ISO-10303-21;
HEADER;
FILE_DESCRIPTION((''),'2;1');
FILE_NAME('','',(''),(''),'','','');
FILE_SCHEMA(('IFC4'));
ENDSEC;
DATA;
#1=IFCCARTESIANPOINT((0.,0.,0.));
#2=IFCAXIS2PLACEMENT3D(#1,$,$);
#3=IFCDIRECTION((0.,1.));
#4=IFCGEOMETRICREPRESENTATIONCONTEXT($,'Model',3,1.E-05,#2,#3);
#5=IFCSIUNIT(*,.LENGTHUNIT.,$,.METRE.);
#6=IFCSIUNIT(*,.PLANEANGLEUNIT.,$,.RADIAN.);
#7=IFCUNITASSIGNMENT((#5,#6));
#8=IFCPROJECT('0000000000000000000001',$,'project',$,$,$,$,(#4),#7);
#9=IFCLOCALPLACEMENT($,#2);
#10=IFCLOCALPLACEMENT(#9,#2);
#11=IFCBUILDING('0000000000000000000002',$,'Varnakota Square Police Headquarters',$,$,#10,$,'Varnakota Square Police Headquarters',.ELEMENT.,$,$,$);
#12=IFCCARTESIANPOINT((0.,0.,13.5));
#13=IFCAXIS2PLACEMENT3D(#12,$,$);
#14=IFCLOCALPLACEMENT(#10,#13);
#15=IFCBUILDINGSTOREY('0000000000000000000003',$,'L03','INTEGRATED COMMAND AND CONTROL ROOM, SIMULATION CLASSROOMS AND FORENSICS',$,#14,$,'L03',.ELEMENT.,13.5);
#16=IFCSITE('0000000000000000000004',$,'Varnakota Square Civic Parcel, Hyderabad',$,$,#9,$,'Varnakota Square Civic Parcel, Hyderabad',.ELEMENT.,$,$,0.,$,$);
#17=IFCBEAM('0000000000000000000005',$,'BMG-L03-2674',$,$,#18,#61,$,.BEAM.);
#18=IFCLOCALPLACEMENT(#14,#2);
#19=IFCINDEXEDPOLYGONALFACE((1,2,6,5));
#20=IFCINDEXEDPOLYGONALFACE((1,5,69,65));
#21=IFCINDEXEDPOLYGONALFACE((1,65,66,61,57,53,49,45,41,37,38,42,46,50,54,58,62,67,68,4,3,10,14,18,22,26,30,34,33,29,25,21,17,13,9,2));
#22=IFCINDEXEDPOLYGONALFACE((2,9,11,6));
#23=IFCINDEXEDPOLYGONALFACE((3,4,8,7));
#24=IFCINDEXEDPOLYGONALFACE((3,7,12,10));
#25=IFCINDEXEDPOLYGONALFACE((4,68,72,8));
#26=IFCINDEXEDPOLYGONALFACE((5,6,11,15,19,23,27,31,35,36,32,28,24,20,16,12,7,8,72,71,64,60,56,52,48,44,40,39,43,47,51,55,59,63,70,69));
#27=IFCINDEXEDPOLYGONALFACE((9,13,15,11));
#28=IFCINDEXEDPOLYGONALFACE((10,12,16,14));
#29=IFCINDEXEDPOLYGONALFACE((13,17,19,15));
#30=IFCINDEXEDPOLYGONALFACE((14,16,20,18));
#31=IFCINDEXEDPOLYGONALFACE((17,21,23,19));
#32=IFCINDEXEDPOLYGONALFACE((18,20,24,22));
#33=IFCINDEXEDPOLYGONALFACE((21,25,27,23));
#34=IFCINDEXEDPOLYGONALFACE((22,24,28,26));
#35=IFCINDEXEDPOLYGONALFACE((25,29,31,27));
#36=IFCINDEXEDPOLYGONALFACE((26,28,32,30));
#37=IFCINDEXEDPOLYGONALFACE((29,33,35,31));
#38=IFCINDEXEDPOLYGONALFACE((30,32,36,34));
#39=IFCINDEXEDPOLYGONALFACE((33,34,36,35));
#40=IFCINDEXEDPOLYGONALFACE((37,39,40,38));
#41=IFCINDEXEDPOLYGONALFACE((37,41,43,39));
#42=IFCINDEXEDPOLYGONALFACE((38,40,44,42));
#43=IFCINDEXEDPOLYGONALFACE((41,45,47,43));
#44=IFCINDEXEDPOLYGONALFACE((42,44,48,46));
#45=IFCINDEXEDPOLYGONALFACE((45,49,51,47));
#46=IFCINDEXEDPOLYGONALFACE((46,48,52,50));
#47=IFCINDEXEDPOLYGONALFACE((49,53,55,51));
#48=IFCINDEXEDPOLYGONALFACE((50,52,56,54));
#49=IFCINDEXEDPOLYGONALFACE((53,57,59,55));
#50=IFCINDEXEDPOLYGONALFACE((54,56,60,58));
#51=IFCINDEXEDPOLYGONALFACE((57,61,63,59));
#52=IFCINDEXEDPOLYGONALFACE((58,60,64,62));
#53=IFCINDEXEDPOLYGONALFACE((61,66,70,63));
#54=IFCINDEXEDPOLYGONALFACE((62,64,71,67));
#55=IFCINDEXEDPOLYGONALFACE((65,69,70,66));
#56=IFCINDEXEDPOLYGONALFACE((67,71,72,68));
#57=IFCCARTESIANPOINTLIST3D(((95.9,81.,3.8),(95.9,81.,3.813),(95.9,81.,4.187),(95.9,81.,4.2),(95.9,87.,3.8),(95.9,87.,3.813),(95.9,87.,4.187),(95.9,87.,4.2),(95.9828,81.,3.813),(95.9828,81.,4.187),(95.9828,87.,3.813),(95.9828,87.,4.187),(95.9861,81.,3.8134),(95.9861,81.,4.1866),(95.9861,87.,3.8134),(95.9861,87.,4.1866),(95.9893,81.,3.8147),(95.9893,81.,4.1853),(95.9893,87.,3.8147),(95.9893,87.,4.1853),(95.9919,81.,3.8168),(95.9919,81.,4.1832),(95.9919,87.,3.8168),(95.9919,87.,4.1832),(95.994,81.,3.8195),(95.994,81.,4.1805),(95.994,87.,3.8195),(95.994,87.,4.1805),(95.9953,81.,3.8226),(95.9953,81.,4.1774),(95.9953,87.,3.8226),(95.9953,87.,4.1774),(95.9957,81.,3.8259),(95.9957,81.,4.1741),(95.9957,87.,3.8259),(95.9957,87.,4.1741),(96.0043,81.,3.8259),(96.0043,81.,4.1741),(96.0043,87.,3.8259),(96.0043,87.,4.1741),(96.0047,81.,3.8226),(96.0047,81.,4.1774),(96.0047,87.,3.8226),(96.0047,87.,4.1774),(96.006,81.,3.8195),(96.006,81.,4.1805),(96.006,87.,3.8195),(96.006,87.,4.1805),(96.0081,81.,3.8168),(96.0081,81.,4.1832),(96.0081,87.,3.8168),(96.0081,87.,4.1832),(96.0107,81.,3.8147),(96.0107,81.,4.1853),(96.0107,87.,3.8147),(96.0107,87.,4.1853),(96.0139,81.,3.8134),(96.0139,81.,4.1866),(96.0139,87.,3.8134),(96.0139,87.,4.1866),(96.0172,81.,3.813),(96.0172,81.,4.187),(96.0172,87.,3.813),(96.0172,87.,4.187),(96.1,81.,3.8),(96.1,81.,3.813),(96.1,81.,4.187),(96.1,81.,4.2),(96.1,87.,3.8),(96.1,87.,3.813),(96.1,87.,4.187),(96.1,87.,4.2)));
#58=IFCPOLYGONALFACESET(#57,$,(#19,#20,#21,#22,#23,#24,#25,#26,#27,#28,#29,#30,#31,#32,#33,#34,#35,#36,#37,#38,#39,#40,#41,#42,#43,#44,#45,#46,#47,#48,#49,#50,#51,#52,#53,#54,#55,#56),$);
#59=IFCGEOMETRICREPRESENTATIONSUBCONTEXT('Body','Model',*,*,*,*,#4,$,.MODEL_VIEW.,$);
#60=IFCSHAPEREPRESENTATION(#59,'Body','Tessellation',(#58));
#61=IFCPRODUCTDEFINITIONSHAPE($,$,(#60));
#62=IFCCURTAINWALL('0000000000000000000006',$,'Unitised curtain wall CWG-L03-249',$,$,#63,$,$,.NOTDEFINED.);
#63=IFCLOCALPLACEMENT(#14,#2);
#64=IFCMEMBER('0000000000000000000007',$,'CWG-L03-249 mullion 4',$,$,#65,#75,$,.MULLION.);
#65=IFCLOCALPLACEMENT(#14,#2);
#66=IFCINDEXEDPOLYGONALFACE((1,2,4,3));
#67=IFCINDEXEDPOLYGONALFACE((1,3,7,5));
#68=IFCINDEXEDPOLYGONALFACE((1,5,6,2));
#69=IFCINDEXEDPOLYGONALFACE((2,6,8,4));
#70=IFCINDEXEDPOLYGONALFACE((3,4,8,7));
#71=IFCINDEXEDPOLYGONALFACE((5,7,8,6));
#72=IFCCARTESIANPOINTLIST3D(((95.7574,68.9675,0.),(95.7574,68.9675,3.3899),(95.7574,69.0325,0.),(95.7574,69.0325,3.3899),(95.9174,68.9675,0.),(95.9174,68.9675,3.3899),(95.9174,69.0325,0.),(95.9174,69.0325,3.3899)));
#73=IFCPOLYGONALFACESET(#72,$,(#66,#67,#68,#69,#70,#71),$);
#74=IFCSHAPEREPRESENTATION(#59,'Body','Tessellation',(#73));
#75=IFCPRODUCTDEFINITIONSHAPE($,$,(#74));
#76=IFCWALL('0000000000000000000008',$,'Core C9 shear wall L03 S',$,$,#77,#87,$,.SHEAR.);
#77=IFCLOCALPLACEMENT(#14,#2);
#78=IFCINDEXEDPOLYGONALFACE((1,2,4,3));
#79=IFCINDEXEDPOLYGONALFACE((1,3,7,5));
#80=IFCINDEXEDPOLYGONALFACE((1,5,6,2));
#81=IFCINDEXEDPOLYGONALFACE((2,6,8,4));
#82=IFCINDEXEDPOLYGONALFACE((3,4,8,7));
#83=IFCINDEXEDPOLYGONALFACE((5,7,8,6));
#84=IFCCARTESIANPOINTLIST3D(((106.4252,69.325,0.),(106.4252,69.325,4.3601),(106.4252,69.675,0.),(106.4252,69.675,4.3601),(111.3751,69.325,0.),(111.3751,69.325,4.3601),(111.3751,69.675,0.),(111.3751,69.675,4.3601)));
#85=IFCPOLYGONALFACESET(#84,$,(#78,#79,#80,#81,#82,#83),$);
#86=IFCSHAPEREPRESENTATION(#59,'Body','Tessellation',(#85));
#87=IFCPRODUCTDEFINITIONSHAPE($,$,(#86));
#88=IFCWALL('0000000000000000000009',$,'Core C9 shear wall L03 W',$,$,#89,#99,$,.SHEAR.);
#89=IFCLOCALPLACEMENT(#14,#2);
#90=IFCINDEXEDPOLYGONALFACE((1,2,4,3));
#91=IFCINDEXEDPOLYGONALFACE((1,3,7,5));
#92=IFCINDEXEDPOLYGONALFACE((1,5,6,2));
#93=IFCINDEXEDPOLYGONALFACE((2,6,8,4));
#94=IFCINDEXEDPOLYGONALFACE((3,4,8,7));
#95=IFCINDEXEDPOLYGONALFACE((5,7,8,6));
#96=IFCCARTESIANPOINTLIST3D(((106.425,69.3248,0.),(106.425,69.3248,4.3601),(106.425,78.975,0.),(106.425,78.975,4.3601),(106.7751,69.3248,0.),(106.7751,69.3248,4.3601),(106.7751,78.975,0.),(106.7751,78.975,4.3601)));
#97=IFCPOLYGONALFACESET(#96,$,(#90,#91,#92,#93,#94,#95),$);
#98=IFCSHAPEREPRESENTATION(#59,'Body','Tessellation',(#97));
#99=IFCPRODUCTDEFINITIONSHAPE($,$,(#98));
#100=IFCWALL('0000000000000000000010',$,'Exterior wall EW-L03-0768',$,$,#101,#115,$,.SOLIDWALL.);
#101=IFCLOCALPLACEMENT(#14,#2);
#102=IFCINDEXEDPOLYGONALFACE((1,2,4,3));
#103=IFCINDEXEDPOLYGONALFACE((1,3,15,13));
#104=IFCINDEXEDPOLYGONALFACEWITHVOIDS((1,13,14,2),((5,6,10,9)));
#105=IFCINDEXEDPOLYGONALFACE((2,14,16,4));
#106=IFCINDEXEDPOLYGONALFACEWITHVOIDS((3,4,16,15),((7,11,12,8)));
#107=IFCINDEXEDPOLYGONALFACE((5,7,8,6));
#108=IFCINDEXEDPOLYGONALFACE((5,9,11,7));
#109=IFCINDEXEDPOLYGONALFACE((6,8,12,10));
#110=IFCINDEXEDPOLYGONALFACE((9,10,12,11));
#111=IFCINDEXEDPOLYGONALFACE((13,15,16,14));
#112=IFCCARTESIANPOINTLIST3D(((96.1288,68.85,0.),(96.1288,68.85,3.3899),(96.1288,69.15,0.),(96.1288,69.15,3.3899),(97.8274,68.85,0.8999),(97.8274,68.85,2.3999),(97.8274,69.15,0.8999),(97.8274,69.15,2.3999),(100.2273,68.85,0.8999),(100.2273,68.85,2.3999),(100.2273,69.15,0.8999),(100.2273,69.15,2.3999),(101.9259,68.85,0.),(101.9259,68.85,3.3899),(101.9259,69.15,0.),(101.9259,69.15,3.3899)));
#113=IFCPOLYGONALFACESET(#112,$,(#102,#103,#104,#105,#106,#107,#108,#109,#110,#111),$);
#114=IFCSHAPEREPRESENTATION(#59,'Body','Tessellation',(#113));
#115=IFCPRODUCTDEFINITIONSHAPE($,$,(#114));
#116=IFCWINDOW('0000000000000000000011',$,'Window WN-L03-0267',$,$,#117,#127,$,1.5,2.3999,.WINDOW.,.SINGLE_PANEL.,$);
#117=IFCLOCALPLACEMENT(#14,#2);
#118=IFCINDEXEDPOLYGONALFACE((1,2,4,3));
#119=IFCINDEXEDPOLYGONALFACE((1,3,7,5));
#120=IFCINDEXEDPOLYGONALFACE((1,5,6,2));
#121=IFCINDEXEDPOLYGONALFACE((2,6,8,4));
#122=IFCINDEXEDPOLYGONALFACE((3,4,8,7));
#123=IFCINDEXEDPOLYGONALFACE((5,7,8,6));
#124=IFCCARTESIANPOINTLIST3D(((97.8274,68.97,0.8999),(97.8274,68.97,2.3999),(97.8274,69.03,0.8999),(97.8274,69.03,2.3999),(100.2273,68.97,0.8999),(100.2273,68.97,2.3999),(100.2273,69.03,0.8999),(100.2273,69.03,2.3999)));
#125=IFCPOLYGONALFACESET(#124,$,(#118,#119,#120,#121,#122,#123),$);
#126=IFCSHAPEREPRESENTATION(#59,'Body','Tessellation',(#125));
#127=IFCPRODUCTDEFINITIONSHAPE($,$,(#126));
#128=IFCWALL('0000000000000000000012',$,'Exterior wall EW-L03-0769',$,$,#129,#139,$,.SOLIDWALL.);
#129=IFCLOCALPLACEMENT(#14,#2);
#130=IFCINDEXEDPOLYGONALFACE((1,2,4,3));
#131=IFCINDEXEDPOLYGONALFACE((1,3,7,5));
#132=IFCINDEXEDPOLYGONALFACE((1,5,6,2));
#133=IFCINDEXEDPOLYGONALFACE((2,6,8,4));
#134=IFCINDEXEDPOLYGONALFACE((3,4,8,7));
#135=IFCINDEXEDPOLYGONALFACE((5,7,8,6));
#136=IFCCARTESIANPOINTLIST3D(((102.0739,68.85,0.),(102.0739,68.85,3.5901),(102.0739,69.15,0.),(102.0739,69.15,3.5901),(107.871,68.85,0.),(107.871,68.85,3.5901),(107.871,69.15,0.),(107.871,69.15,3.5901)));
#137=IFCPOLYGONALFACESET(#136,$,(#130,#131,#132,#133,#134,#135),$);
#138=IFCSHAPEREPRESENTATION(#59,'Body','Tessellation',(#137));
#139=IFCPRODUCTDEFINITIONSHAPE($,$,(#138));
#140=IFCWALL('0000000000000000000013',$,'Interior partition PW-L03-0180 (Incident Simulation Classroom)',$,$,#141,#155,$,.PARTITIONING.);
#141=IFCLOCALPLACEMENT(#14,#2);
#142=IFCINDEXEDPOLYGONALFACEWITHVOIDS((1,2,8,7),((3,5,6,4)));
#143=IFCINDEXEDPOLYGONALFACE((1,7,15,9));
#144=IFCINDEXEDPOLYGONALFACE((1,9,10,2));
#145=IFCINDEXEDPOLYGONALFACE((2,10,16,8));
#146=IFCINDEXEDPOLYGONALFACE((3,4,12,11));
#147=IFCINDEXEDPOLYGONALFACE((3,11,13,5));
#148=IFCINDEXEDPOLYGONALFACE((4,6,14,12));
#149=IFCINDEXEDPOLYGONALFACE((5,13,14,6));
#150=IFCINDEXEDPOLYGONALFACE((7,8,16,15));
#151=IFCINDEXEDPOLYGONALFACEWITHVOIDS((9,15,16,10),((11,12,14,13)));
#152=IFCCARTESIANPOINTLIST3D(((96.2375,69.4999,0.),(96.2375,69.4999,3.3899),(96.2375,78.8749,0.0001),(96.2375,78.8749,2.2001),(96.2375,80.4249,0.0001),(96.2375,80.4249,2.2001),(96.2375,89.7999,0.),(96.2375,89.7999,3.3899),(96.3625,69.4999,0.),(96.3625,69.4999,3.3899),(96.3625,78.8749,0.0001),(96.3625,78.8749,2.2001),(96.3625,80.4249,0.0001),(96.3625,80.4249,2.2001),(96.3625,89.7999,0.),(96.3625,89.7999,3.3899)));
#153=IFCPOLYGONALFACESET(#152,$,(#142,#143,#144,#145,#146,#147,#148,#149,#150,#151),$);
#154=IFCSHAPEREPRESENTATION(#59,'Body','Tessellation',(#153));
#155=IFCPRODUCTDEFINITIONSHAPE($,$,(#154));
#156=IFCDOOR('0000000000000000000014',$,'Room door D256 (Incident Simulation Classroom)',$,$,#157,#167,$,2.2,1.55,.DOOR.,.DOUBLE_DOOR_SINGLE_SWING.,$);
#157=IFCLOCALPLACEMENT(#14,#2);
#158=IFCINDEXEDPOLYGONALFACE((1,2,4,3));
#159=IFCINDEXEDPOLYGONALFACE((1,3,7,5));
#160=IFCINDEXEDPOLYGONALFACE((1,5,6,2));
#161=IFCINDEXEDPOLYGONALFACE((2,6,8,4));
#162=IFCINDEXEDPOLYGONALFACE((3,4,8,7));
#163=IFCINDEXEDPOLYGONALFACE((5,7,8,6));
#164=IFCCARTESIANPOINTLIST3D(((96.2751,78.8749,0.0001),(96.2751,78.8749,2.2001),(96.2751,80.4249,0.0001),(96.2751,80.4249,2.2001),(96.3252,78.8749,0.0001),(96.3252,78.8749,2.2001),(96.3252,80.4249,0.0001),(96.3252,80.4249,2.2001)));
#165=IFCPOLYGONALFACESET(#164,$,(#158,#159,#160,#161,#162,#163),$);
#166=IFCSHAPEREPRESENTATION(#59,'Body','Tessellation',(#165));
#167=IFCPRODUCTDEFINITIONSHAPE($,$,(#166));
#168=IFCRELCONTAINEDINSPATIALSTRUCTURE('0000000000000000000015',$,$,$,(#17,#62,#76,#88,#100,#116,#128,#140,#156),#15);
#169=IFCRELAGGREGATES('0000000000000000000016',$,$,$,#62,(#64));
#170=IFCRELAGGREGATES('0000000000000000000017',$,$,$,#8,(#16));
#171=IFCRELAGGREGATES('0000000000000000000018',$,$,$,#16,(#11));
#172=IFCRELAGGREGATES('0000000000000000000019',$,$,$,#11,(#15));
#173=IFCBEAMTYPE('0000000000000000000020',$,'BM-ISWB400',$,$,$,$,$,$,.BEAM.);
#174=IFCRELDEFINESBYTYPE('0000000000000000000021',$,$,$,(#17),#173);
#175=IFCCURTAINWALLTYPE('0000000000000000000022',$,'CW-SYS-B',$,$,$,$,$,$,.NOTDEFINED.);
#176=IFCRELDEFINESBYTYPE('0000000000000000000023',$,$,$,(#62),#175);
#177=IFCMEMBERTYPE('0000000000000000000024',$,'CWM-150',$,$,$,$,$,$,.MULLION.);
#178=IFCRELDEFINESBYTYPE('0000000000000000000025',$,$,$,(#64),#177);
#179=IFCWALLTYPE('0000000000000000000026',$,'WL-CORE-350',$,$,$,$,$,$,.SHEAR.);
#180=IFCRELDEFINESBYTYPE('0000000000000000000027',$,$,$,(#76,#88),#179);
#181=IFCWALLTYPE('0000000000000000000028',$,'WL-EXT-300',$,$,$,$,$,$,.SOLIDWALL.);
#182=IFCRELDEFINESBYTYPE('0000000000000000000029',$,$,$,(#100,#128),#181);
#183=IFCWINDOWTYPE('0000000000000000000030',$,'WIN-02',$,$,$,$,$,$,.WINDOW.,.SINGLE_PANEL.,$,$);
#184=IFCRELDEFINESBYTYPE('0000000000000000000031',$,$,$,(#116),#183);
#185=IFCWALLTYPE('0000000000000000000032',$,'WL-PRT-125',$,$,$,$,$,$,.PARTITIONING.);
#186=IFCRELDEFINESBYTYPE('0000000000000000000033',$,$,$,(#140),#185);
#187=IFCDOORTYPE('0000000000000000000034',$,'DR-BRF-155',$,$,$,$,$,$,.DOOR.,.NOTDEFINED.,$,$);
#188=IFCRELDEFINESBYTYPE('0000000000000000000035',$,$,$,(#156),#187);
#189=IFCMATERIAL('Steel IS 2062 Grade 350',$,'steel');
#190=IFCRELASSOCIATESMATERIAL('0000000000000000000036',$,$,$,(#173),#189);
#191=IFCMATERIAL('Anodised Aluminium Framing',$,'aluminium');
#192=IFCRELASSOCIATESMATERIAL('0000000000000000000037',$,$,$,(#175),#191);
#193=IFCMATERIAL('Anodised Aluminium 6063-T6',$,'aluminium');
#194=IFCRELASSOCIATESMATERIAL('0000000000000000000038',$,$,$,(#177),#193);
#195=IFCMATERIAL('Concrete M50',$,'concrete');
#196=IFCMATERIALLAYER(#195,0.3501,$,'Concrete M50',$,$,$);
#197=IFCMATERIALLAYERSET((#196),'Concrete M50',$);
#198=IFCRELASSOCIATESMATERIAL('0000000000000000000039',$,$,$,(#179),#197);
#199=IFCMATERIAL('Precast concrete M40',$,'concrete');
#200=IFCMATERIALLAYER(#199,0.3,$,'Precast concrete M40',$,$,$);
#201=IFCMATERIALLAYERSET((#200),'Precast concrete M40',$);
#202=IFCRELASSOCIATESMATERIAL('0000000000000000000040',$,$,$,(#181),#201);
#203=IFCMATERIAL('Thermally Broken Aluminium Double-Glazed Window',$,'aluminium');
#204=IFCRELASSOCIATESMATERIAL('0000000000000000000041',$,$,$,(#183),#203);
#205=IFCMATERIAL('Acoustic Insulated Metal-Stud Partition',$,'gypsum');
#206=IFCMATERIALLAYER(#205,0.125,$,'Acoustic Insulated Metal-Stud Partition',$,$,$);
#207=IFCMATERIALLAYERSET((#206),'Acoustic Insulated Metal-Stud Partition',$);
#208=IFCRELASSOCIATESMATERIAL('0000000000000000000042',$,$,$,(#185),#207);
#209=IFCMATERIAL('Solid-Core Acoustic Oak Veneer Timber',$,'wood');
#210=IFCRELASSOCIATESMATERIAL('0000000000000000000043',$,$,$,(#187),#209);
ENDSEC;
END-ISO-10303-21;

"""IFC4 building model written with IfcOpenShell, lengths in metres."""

from ifc_helpers import new_model, si_unit, direction, frame, frame_2d, origin, origin_2d, place, context, subcontext, project, spatial, rectangle, i_section, extrude, material, layer, layer_set, material_profile, profile_set, type_object, element, fill, aggregate, save


model = new_model("IFC4")

# Units and contexts
model_context = context("Model", 3, precision=1e-05, world=origin(), true_north=direction((0.0, 1.0)))
body_context = subcontext(model_context, "Body", "Model", "MODEL_VIEW")
ifc_project = project(units=[si_unit("LENGTHUNIT", "METRE"), si_unit("PLANEANGLEUNIT", "RADIAN")], contexts=[model_context])

# Site, building, storey
site_placement = place(None, origin())
site = spatial("IfcSite", under=ifc_project, at=site_placement, Name="Varnakota Square Civic Parcel, Hyderabad", LongName="Varnakota Square Civic Parcel, Hyderabad", CompositionType="ELEMENT", RefElevation=0.0)
building_placement = place(site_placement, origin())
building = spatial("IfcBuilding", under=site, at=building_placement, Name="Varnakota Square Police Headquarters", LongName="Varnakota Square Police Headquarters", CompositionType="ELEMENT")
storey_placement = place(building_placement, frame((0.0, 0.0, 13.5)))
storey = spatial("IfcBuildingStorey", under=building, at=storey_placement, Name="L03", Description="INTEGRATED COMMAND AND CONTROL ROOM, SIMULATION CLASSROOMS AND FORENSICS", LongName="L03", CompositionType="ELEMENT", Elevation=13.5)

# Shared definitions
ifc_material_1 = material(Name="Steel IS 2062 Grade 350", Category="steel")

# Beam
ifc_material_profile_1 = material_profile(ifc_material_1, i_section(OverallWidth=0.2, OverallDepth=0.3999, WebThickness=0.0085, FlangeThickness=0.0129, FilletRadius=0.0129, at=origin_2d()), Name="ISWB 400")
ifc_profile_set_1 = profile_set([ifc_material_profile_1], Name="Steel IS 2062 Grade 350")
beam_type_1 = type_object("IfcBeamType", Name="BM-ISWB400", PredefinedType="BEAM", material=ifc_profile_set_1)
beam_1_placement = place(storey_placement, frame((96.0, 81.0, 4.0), z_axis=(0.0, 1.0, 0.0), x_axis=(-1.0, 0.0, 0.0)))
element("IfcBeam", 1, at=beam_1_placement, inside=storey, type_object=beam_type_1, Name="BMG-L03-2674", PredefinedType="BEAM", context=body_context, shape_type="SweptSolid", body=[
    extrude(i_section(OverallWidth=0.2, OverallDepth=0.3999, WebThickness=0.0085, FlangeThickness=0.0129, FilletRadius=0.0129, at=origin_2d()), origin(), (0.0, 0.0, 1.0), 6.0),
])

# Curtain wall, member
ifc_material_2 = material(Name="Anodised Aluminium Framing", Category="aluminium")
curtain_wall_type = type_object("IfcCurtainWallType", Name="CW-SYS-B", PredefinedType="NOTDEFINED", material=ifc_material_2)
curtain_wall_placement = place(storey_placement, origin())
curtain_wall = element("IfcCurtainWall", 2, at=curtain_wall_placement, inside=storey, type_object=curtain_wall_type, Name="Unitised curtain wall CWG-L03-249", PredefinedType="NOTDEFINED")
ifc_material_3 = material(Name="Anodised Aluminium 6063-T6", Category="aluminium")
ifc_material_profile_2 = material_profile(ifc_material_3, rectangle(XDim=0.0649, YDim=0.1599, at=origin_2d()), Name="ALU MULLION 65x160")
ifc_profile_set_2 = profile_set([ifc_material_profile_2], Name="Anodised Aluminium 6063-T6")
member_type = type_object("IfcMemberType", Name="CWM-150", PredefinedType="MULLION", material=ifc_profile_set_2)
member_placement = place(storey_placement, frame((95.8374, 69.0, 0.0), z_axis=(0.0, 0.0, 1.0), x_axis=(0.0, 1.0, 0.0)))
member = element("IfcMember", 3, at=member_placement, type_object=member_type, Name="CWG-L03-249 mullion 4", PredefinedType="MULLION", context=body_context, shape_type="SweptSolid", body=[
    extrude(rectangle(XDim=0.0649, YDim=0.1599, at=origin_2d()), origin(), (0.0, 0.0, 1.0), 3.3899),
])
aggregate(curtain_wall, [member])

# Walls
ifc_material_4 = material(Name="Concrete M50", Category="concrete")
ifc_layer_1 = layer(ifc_material_4, 0.3501, Name="Concrete M50")
ifc_layer_set_1 = layer_set([ifc_layer_1], Name="Concrete M50")
wall_type_1 = type_object("IfcWallType", Name="WL-CORE-350", PredefinedType="SHEAR", material=ifc_layer_set_1)
wall_1_placement = place(storey_placement, frame((106.425, 69.5, 0.0), z_axis=(0.0, 0.0, 1.0), x_axis=(1.0, 0.0, 0.0)))
element("IfcWall", 4, at=wall_1_placement, inside=storey, type_object=wall_type_1, Name="Core C9 shear wall L03 S", PredefinedType="SHEAR", context=body_context, shape_type="SweptSolid", body=[
    extrude(rectangle(XDim=4.95, YDim=0.3501, at=frame_2d((2.4751, 0.0))), origin(), (0.0, 0.0, 1.0), 4.3601),
])
wall_2_placement = place(storey_placement, frame((106.6001, 78.9751, 0.0), z_axis=(0.0, 0.0, 1.0), x_axis=(0.0, -1.0, 0.0)))
element("IfcWall", 5, at=wall_2_placement, inside=storey, type_object=wall_type_1, Name="Core C9 shear wall L03 W", PredefinedType="SHEAR", context=body_context, shape_type="SweptSolid", body=[
    extrude(rectangle(XDim=9.6501, YDim=0.3501, at=frame_2d((4.8252, 0.0))), origin(), (0.0, 0.0, 1.0), 4.3601),
])

# Wall, opening, window
ifc_material_5 = material(Name="Precast concrete M40", Category="concrete")
ifc_layer_2 = layer(ifc_material_5, 0.3, Name="Precast concrete M40")
ifc_layer_set_2 = layer_set([ifc_layer_2], Name="Precast concrete M40")
wall_type_2 = type_object("IfcWallType", Name="WL-EXT-300", PredefinedType="SOLIDWALL", material=ifc_layer_set_2)
wall_3_placement = place(storey_placement, frame((96.1289, 69.0, 0.0), z_axis=(0.0, 0.0, 1.0), x_axis=(1.0, 0.0, 0.0)))
wall_3 = element("IfcWall", 6, at=wall_3_placement, inside=storey, type_object=wall_type_2, Name="Exterior wall EW-L03-0768", PredefinedType="SOLIDWALL", context=body_context, shape_type="SweptSolid", body=[
    extrude(rectangle(XDim=5.7971, YDim=0.3, at=frame_2d((2.8984, 0.0))), origin(), (0.0, 0.0, 1.0), 3.3899),
])
opening_1_placement = place(wall_3_placement, frame((1.6985, 0.0, 0.8999)))
opening_1 = element("IfcOpeningElement", 7, at=opening_1_placement, cuts=wall_3, PredefinedType="OPENING", context=body_context, shape_type="SweptSolid", body=[
    extrude(rectangle(XDim=2.3999, YDim=1.5, at=frame_2d((1.2, 0.75))), frame((0.0, 0.1599, 0.0), z_axis=(0.0, -1.0, 0.0), x_axis=(1.0, 0.0, 0.0)), (0.0, 0.0, 1.0), 0.3201),
])
ifc_material_6 = material(Name="Thermally Broken Aluminium Double-Glazed Window", Category="aluminium")
window_type = type_object("IfcWindowType", Name="WIN-02", PartitioningType="SINGLE_PANEL", PredefinedType="WINDOW", material=ifc_material_6)
window_placement = place(opening_1_placement, origin())
window = element("IfcWindow", 8, at=window_placement, inside=storey, type_object=window_type, Name="Window WN-L03-0267", OverallHeight=1.5, OverallWidth=2.3999, PartitioningType="SINGLE_PANEL", PredefinedType="WINDOW", context=body_context, shape_type="SweptSolid", body=[
    extrude(rectangle(XDim=2.3999, YDim=1.5, at=frame_2d((1.2, 0.75))), frame((0.0, 0.03, 0.0), z_axis=(0.0, -1.0, 0.0), x_axis=(1.0, 0.0, 0.0)), (0.0, 0.0, 1.0), 0.0601),
])
fill(opening_1, window)

# Wall
wall_4_placement = place(storey_placement, frame((102.074, 69.0, 0.0), z_axis=(0.0, 0.0, 1.0), x_axis=(1.0, 0.0, 0.0)))
element("IfcWall", 9, at=wall_4_placement, inside=storey, type_object=wall_type_2, Name="Exterior wall EW-L03-0769", PredefinedType="SOLIDWALL", context=body_context, shape_type="SweptSolid", body=[
    extrude(rectangle(XDim=5.7971, YDim=0.3, at=frame_2d((2.8984, 0.0))), origin(), (0.0, 0.0, 1.0), 3.5901),
])

# Wall, opening, door
ifc_material_7 = material(Name="Acoustic Insulated Metal-Stud Partition", Category="gypsum")
ifc_layer_3 = layer(ifc_material_7, 0.125, Name="Acoustic Insulated Metal-Stud Partition")
ifc_layer_set_3 = layer_set([ifc_layer_3], Name="Acoustic Insulated Metal-Stud Partition")
wall_type_3 = type_object("IfcWallType", Name="WL-PRT-125", PredefinedType="PARTITIONING", material=ifc_layer_set_3)
wall_5_placement = place(storey_placement, frame((96.3, 69.5, 0.0), z_axis=(0.0, 0.0, 1.0), x_axis=(0.0, 1.0, 0.0)))
wall_5 = element("IfcWall", 10, at=wall_5_placement, inside=storey, type_object=wall_type_3, Name="Interior partition PW-L03-0180 (Incident Simulation Classroom)", PredefinedType="PARTITIONING", context=body_context, shape_type="SweptSolid", body=[
    extrude(rectangle(XDim=20.3, YDim=0.125, at=frame_2d((10.1499, 0.0))), origin(), (0.0, 0.0, 1.0), 3.3899),
])
opening_2_placement = place(wall_5_placement, frame((9.375, 0.0, 0.0)))
opening_2 = element("IfcOpeningElement", 11, at=opening_2_placement, cuts=wall_5, PredefinedType="OPENING", context=body_context, shape_type="SweptSolid", body=[
    extrude(rectangle(XDim=1.55, YDim=2.2, at=frame_2d((0.7749, 1.1001))), frame((0.0, 0.0725, 0.0), z_axis=(0.0, -1.0, 0.0), x_axis=(1.0, 0.0, 0.0)), (0.0, 0.0, 1.0), 0.145),
])
ifc_material_8 = material(Name="Solid-Core Acoustic Oak Veneer Timber", Category="wood")
door_type = type_object("IfcDoorType", Name="DR-BRF-155", OperationType="NOTDEFINED", PredefinedType="DOOR", material=ifc_material_8)
door_placement = place(opening_2_placement, origin())
door = element("IfcDoor", 12, at=door_placement, inside=storey, type_object=door_type, Name="Room door D256 (Incident Simulation Classroom)", OperationType="DOUBLE_DOOR_SINGLE_SWING", OverallHeight=2.2, OverallWidth=1.55, PredefinedType="DOOR", context=body_context, shape_type="SweptSolid", body=[
    extrude(rectangle(XDim=1.55, YDim=2.2, at=frame_2d((0.7749, 1.1001))), frame((0.0, 0.0249, 0.0), z_axis=(0.0, -1.0, 0.0), x_axis=(1.0, 0.0, 0.0)), (0.0, 0.0, 1.0), 0.05),
])
fill(opening_2, door)

save(model, "model.ifc")
